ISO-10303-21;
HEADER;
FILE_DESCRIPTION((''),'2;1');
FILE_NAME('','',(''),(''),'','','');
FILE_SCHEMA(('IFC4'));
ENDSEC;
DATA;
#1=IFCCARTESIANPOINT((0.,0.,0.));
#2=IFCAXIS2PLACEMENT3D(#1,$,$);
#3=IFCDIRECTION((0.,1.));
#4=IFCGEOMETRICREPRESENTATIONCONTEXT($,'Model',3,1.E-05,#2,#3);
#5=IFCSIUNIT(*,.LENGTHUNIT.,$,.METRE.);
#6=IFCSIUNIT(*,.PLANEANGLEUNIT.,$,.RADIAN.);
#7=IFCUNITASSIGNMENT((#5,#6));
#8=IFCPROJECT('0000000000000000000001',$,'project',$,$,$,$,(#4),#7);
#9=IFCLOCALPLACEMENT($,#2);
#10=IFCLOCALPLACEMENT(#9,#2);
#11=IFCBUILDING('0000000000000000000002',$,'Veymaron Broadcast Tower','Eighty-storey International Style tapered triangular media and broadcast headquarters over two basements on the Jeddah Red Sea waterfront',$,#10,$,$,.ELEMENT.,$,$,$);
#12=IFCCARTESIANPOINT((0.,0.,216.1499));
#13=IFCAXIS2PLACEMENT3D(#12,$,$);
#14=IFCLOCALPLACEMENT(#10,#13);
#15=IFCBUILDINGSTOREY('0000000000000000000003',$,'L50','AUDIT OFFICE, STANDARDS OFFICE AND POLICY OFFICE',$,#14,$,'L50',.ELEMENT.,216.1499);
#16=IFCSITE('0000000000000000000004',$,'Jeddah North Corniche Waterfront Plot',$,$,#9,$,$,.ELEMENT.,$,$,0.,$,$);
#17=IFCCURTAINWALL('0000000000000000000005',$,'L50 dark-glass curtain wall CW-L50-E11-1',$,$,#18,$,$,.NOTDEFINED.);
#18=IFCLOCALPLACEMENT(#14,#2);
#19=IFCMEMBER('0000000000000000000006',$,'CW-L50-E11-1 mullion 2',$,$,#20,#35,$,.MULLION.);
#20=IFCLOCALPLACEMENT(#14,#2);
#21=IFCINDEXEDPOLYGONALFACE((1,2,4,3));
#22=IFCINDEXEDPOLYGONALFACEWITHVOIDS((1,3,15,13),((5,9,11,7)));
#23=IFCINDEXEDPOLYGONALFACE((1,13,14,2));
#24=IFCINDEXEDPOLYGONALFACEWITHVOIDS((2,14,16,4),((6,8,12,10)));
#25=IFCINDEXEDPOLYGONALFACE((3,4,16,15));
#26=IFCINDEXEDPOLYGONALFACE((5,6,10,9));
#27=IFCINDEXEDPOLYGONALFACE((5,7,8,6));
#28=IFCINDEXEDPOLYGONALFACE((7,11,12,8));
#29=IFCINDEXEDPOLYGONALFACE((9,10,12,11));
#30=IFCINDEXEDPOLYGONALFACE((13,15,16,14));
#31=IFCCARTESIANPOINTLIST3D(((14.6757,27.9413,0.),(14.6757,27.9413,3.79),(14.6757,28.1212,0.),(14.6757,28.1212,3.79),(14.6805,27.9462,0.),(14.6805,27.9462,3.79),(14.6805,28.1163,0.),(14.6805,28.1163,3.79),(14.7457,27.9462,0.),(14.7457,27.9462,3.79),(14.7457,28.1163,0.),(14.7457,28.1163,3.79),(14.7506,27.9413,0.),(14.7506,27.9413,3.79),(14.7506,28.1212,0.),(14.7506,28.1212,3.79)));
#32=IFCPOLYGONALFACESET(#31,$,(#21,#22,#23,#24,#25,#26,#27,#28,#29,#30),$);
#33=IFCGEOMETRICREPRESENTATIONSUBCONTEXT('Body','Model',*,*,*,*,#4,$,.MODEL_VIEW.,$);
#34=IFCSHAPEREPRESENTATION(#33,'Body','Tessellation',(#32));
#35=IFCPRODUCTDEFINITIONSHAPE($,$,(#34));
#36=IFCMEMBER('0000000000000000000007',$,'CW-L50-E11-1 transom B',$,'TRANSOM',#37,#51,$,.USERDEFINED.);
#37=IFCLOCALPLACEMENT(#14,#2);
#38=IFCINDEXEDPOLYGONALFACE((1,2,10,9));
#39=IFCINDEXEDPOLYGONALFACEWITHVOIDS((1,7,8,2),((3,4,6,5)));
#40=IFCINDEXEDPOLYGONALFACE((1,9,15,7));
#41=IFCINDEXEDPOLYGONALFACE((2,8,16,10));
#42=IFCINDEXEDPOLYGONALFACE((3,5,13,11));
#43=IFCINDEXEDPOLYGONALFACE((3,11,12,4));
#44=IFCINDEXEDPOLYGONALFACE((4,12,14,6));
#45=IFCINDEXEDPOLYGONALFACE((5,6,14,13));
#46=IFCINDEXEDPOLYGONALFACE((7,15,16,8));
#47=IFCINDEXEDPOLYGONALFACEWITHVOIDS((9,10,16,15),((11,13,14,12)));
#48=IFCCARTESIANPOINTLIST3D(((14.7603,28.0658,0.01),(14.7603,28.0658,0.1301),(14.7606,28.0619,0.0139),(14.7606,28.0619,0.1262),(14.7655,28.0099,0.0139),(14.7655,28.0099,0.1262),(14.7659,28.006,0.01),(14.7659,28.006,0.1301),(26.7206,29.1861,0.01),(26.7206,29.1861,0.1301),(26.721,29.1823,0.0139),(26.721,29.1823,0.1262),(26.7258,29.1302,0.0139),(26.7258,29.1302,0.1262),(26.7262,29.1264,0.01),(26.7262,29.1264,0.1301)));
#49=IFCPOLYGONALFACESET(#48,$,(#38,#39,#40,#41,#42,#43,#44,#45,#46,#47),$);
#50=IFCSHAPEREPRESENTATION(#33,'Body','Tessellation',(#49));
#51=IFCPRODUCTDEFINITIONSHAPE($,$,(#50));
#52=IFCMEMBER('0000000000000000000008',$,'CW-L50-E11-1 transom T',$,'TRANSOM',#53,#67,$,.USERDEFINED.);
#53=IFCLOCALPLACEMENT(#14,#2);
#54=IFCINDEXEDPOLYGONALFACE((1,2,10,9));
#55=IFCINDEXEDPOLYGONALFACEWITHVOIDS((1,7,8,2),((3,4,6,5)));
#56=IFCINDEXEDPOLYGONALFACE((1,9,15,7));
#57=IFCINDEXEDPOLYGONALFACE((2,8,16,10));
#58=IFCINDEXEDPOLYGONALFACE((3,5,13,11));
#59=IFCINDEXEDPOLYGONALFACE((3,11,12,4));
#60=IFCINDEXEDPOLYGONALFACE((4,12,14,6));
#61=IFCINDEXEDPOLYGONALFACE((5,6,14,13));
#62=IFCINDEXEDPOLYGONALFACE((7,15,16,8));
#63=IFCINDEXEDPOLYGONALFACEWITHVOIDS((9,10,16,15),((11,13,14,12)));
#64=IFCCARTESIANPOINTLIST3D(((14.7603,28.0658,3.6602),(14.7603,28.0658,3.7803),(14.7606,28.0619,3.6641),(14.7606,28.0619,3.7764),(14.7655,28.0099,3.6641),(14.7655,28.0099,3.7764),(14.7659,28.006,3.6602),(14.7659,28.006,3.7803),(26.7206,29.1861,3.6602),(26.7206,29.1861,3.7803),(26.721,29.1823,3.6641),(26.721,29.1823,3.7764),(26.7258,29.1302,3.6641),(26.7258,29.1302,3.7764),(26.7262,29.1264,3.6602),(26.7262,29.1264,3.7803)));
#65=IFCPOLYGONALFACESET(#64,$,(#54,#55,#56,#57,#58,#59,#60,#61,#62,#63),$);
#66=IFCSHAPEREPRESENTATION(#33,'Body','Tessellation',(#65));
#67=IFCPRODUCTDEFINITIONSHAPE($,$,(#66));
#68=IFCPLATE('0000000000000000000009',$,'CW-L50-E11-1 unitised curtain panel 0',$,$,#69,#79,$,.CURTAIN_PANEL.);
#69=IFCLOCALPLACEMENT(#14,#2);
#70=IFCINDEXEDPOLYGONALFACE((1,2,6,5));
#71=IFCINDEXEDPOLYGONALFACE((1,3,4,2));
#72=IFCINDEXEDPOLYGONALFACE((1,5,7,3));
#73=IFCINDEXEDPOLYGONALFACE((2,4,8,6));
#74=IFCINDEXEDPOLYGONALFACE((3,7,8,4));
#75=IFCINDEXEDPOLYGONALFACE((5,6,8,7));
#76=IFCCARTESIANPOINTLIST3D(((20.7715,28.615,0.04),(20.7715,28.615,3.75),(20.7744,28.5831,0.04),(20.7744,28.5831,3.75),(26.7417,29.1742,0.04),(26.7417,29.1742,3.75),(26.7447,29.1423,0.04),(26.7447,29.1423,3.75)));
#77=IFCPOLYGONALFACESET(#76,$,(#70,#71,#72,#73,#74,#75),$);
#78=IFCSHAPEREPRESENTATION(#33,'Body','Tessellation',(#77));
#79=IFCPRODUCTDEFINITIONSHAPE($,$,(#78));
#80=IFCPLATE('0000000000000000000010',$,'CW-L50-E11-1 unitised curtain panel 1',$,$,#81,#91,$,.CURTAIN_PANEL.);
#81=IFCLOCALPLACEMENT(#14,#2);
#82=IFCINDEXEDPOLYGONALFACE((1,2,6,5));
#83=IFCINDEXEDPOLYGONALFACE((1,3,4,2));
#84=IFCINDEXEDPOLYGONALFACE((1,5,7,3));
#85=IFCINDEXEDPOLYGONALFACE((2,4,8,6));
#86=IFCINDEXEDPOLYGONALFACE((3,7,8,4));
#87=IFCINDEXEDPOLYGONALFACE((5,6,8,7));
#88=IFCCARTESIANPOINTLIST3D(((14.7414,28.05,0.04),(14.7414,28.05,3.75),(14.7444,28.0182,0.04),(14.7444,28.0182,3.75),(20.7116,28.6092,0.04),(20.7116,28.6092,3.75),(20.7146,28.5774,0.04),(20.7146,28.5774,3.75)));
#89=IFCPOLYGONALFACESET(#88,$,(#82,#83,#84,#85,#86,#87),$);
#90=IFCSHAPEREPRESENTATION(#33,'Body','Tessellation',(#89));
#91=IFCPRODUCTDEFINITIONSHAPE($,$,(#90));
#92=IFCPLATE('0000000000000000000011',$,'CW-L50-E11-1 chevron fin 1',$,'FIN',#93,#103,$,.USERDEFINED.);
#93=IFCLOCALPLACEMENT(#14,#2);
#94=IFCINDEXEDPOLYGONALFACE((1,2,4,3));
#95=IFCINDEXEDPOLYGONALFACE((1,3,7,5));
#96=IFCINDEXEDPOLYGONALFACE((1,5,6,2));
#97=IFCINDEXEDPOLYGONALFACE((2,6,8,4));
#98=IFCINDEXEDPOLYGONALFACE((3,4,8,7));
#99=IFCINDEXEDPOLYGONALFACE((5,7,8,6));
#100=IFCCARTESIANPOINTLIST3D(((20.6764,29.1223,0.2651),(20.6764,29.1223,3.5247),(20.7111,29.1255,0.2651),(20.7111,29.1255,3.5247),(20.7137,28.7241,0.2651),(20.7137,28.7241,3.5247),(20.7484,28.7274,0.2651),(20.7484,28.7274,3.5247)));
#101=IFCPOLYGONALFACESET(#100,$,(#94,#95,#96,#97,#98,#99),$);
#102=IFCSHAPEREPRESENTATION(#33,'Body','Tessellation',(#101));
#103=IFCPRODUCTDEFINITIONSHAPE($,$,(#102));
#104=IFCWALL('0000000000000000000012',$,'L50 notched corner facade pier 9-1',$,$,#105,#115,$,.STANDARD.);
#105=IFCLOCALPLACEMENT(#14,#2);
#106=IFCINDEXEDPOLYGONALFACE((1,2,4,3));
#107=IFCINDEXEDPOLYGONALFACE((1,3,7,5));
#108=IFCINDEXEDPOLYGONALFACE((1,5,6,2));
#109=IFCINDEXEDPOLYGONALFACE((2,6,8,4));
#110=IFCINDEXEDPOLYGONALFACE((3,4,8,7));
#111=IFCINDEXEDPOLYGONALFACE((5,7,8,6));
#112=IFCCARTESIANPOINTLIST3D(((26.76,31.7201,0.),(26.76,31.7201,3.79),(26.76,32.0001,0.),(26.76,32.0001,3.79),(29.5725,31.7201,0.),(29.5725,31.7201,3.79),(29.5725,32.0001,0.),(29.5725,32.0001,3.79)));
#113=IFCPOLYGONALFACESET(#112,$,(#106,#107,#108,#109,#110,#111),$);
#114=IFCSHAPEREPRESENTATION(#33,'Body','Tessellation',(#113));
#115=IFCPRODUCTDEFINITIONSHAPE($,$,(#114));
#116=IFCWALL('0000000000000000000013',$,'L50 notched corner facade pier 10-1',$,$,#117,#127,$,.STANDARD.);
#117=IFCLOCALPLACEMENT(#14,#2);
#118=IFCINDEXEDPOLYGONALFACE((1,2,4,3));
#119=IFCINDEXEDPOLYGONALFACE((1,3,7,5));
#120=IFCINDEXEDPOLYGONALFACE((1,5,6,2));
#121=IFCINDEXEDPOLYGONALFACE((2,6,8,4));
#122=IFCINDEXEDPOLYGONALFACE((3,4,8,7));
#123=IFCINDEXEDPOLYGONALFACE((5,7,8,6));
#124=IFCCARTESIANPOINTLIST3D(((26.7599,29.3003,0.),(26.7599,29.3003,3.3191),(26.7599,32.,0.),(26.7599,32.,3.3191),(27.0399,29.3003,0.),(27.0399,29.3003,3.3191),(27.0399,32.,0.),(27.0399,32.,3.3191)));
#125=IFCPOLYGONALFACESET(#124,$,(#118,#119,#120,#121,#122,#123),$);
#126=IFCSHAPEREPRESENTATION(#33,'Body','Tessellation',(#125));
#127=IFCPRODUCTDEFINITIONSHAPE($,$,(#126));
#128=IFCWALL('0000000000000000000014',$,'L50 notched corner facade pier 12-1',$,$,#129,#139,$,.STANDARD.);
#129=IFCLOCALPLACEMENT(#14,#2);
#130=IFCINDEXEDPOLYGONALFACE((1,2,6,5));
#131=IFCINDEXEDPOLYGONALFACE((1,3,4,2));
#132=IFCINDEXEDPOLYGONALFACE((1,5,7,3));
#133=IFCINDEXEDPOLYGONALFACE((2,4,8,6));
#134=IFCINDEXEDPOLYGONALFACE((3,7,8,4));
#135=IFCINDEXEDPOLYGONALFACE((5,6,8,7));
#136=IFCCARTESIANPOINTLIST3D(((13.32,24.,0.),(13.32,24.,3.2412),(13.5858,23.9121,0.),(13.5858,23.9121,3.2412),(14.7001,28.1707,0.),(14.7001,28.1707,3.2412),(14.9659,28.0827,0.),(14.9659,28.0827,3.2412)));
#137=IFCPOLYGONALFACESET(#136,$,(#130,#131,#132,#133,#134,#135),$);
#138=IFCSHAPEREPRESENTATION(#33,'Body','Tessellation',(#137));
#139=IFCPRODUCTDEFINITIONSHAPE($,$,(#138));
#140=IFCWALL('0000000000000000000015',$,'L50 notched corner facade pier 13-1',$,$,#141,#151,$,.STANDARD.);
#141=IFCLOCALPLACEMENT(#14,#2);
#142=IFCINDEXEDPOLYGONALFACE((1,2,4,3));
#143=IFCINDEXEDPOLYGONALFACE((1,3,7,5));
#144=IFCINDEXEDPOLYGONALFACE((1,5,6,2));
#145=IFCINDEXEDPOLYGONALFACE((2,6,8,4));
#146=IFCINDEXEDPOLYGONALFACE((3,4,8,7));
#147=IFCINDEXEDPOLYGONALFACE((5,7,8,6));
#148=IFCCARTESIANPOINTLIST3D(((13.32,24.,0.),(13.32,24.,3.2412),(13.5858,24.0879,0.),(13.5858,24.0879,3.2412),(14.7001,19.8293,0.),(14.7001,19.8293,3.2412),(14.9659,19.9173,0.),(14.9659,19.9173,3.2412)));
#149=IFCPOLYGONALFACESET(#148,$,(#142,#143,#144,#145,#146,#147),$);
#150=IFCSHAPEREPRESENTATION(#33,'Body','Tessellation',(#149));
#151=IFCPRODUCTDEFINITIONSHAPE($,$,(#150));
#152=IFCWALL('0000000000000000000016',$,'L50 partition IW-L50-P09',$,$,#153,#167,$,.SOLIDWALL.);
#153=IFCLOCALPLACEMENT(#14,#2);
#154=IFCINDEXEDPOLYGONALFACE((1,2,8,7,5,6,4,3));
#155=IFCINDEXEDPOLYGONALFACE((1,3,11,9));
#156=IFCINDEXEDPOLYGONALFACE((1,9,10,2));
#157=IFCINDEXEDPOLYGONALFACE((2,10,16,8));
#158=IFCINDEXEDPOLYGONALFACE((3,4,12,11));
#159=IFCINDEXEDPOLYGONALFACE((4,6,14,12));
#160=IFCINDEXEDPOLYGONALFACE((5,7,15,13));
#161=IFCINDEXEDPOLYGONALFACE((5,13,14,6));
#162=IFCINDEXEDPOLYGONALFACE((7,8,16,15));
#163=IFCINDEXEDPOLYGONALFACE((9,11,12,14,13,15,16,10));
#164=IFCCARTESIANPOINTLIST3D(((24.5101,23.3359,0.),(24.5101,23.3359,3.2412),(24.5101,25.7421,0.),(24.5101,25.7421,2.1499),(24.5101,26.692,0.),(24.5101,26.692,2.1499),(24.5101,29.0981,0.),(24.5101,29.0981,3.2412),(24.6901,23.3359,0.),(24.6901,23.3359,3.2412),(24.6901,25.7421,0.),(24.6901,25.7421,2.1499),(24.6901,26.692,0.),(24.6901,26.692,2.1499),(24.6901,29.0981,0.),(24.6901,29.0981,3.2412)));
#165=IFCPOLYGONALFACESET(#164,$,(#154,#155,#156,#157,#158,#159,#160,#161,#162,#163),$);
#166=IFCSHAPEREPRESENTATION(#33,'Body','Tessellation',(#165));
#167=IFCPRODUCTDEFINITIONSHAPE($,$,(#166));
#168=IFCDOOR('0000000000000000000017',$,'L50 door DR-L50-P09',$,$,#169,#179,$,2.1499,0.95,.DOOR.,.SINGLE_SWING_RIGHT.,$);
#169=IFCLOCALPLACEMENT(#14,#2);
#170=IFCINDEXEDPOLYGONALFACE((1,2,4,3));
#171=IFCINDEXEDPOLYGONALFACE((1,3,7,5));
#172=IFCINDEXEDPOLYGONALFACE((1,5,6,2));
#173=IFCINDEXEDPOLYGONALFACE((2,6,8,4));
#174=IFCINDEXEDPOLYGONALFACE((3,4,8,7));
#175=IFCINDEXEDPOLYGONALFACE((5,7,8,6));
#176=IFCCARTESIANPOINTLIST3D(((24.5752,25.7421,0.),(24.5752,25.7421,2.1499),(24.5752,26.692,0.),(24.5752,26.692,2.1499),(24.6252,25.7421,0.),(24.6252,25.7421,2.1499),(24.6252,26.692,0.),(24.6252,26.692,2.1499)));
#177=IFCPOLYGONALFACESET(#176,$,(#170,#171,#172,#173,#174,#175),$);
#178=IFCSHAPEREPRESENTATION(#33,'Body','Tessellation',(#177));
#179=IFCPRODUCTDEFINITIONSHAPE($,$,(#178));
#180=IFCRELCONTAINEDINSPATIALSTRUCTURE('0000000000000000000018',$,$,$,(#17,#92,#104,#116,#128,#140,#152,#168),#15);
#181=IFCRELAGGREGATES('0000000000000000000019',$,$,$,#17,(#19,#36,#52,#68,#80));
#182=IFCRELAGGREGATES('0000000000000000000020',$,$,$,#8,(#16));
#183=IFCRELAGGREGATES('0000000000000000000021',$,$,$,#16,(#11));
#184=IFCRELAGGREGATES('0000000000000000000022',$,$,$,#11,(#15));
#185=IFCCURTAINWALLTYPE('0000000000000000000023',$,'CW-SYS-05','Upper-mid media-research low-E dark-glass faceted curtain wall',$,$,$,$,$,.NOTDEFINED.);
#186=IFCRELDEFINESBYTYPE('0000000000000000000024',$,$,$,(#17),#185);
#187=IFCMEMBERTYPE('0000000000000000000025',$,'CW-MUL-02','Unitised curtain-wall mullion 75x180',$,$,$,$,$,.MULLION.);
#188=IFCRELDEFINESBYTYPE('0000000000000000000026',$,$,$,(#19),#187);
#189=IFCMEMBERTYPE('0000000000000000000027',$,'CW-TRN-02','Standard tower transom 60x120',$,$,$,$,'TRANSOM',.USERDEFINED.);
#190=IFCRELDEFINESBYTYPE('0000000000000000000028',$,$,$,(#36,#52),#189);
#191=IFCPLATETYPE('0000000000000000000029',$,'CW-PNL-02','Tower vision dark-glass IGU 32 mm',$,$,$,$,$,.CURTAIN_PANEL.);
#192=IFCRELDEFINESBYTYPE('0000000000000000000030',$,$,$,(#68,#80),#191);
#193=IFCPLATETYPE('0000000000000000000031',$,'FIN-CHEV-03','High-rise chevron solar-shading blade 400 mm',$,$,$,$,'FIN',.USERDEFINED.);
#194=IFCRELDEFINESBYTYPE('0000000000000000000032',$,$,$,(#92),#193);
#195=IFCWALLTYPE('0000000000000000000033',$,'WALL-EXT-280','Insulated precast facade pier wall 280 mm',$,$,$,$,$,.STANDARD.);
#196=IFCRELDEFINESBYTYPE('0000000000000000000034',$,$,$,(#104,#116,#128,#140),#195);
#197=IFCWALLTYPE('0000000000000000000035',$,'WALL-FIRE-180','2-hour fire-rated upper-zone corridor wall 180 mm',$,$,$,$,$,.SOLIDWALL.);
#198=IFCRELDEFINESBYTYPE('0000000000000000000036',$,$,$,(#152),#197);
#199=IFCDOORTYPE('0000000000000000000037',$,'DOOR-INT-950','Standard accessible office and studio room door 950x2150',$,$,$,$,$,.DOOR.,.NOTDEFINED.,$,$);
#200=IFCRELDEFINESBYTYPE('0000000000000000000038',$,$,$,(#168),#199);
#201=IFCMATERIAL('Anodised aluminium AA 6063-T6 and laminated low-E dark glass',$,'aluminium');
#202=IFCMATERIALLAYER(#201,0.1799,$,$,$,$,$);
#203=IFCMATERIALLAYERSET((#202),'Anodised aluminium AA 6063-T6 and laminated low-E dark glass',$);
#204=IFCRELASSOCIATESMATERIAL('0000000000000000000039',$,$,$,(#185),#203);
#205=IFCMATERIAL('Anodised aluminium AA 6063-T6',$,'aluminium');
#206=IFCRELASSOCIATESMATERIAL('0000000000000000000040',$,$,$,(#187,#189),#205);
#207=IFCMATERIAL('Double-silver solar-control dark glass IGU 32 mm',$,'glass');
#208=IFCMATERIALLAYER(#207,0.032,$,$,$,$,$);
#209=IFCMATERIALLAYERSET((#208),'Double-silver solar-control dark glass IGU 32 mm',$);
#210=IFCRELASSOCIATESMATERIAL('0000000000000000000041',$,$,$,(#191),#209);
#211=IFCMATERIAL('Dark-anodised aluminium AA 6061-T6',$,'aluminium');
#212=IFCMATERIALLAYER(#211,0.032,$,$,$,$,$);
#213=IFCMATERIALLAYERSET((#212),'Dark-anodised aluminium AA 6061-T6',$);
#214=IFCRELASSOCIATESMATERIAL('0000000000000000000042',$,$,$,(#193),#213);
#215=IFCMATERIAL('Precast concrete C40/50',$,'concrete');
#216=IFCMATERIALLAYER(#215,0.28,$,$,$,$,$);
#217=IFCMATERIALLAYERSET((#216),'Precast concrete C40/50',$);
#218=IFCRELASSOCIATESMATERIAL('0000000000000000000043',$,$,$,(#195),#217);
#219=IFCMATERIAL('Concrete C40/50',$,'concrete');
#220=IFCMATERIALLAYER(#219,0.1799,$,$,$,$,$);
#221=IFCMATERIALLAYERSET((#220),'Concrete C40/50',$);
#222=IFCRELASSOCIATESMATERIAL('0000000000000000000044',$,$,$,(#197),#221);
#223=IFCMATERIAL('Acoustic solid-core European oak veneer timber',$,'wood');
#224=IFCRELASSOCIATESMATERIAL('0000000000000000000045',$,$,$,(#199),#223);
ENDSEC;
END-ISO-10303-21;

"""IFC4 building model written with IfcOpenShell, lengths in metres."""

from ifc_helpers import new_model, si_unit, direction, frame, frame_2d, origin, origin_2d, place, context, subcontext, project, spatial, rectangle, hollow_rectangle, extrude, material, layer, layer_set, material_profile, profile_set, type_object, element, fill, aggregate, save


model = new_model("IFC4")

# Units and contexts
model_context = context("Model", 3, precision=1e-05, world=origin(), true_north=direction((0.0, 1.0)))
body_context = subcontext(model_context, "Body", "Model", "MODEL_VIEW")
ifc_project = project(units=[si_unit("LENGTHUNIT", "METRE"), si_unit("PLANEANGLEUNIT", "RADIAN")], contexts=[model_context])

# Site, building, storey
site_placement = place(None, origin())
site = spatial("IfcSite", under=ifc_project, at=site_placement, Name="Jeddah North Corniche Waterfront Plot", CompositionType="ELEMENT", RefElevation=0.0)
building_placement = place(site_placement, origin())
building = spatial("IfcBuilding", under=site, at=building_placement, Name="Veymaron Broadcast Tower", Description="Eighty-storey International Style tapered triangular media and broadcast headquarters over two basements on the Jeddah Red Sea waterfront", CompositionType="ELEMENT")
storey_placement = place(building_placement, frame((0.0, 0.0, 216.1499)))
storey = spatial("IfcBuildingStorey", under=building, at=storey_placement, Name="L50", Description="AUDIT OFFICE, STANDARDS OFFICE AND POLICY OFFICE", LongName="L50", CompositionType="ELEMENT", Elevation=216.1499)

# Shared definitions
ifc_material_1 = material(Name="Anodised aluminium AA 6063-T6 and laminated low-E dark glass", Category="aluminium")
ifc_layer_1 = layer(ifc_material_1, 0.1799)
ifc_layer_set_1 = layer_set([ifc_layer_1], Name="Anodised aluminium AA 6063-T6 and laminated low-E dark glass")
curtain_wall_type = type_object("IfcCurtainWallType", Name="CW-SYS-05", Description="Upper-mid media-research low-E dark-glass faceted curtain wall", PredefinedType="NOTDEFINED", material=ifc_layer_set_1)
ifc_material_2 = material(Name="Anodised aluminium AA 6063-T6", Category="aluminium")
ifc_material_profile_1 = material_profile(ifc_material_2, hollow_rectangle(XDim=0.075, YDim=0.1799, WallThickness=0.0049, at=origin_2d()), Name="AL180X75X5")
ifc_profile_set_1 = profile_set([ifc_material_profile_1], Name="Anodised aluminium AA 6063-T6")
member_type_1 = type_object("IfcMemberType", Name="CW-MUL-02", Description="Unitised curtain-wall mullion 75x180", PredefinedType="MULLION", material=ifc_profile_set_1)

# Curtain wall, members, plates
curtain_wall_1_placement = place(storey_placement, origin())
curtain_wall_1 = element("IfcCurtainWall", 1, at=curtain_wall_1_placement, inside=storey, type_object=curtain_wall_type, Name="L50 dark-glass curtain wall CW-L50-E11-1", PredefinedType="NOTDEFINED")
member_1_placement = place(storey_placement, frame((14.7131, 28.0312, 0.0), z_axis=(0.0, 0.0, 1.0), x_axis=(1.0, 0.0, 0.0)))
member_1 = element("IfcMember", 2, at=member_1_placement, type_object=member_type_1, Name="CW-L50-E11-1 mullion 2", PredefinedType="MULLION", context=body_context, shape_type="SweptSolid", body=[
    extrude(hollow_rectangle(XDim=0.075, YDim=0.1799, WallThickness=0.0049, at=origin_2d()), origin(), (0.0, 0.0, 1.0), 3.79),
])
ifc_material_profile_2 = material_profile(ifc_material_2, hollow_rectangle(XDim=0.0601, YDim=0.1201, WallThickness=0.0039, at=origin_2d()), Name="AL120X60X4")
ifc_profile_set_2 = profile_set([ifc_material_profile_2], Name="Anodised aluminium AA 6063-T6")
member_type_2 = type_object("IfcMemberType", Name="CW-TRN-02", Description="Standard tower transom 60x120", ElementType="TRANSOM", PredefinedType="USERDEFINED", material=ifc_profile_set_2)
member_2_placement = place(storey_placement, frame((26.7234, 29.1562, 0.0701), z_axis=(-0.995641, -0.093264, 0.0), x_axis=(0.093264, -0.995641, 0.0)))
member_2 = element("IfcMember", 3, at=member_2_placement, type_object=member_type_2, Name="CW-L50-E11-1 transom B", ObjectType="TRANSOM", PredefinedType="USERDEFINED", context=body_context, shape_type="SweptSolid", body=[
    extrude(hollow_rectangle(XDim=0.0601, YDim=0.1201, WallThickness=0.0039, at=origin_2d()), origin(), (0.0, 0.0, 1.0), 12.0127),
])
member_3_placement = place(storey_placement, frame((26.7234, 29.1562, 3.7202), z_axis=(-0.995641, -0.093264, 0.0), x_axis=(0.093264, -0.995641, 0.0)))
member_3 = element("IfcMember", 4, at=member_3_placement, type_object=member_type_2, Name="CW-L50-E11-1 transom T", ObjectType="TRANSOM", PredefinedType="USERDEFINED", context=body_context, shape_type="SweptSolid", body=[
    extrude(hollow_rectangle(XDim=0.0601, YDim=0.1201, WallThickness=0.0039, at=origin_2d()), origin(), (0.0, 0.0, 1.0), 12.0127),
])
ifc_material_3 = material(Name="Double-silver solar-control dark glass IGU 32 mm", Category="glass")
ifc_layer_2 = layer(ifc_material_3, 0.032)
ifc_layer_set_2 = layer_set([ifc_layer_2], Name="Double-silver solar-control dark glass IGU 32 mm")
plate_type_1 = type_object("IfcPlateType", Name="CW-PNL-02", Description="Tower vision dark-glass IGU 32 mm", PredefinedType="CURTAIN_PANEL", material=ifc_layer_set_2)
plate_1_placement = place(storey_placement, frame((23.7581, 28.8787, 0.04), z_axis=(0.0, 0.0, 1.0), x_axis=(-0.995642, -0.093257, 0.0)))
plate_1 = element("IfcPlate", 5, at=plate_1_placement, type_object=plate_type_1, Name="CW-L50-E11-1 unitised curtain panel 0", PredefinedType="CURTAIN_PANEL", context=body_context, shape_type="SweptSolid", body=[
    extrude(rectangle(XDim=5.9963, YDim=0.032, at=origin_2d()), origin(), (0.0, 0.0, 1.0), 3.71),
])
plate_2_placement = place(storey_placement, frame((17.728, 28.3137, 0.04), z_axis=(0.0, 0.0, 1.0), x_axis=(-0.995642, -0.093257, 0.0)))
plate_2 = element("IfcPlate", 6, at=plate_2_placement, type_object=plate_type_1, Name="CW-L50-E11-1 unitised curtain panel 1", PredefinedType="CURTAIN_PANEL", context=body_context, shape_type="SweptSolid", body=[
    extrude(rectangle(XDim=5.9963, YDim=0.032, at=origin_2d()), origin(), (0.0, 0.0, 1.0), 3.71),
])
aggregate(curtain_wall_1, [member_1, member_2, member_3, plate_1, plate_2])

# Plate
ifc_material_4 = material(Name="Dark-anodised aluminium AA 6061-T6", Category="aluminium")
ifc_layer_3 = layer(ifc_material_4, 0.032)
ifc_layer_set_3 = layer_set([ifc_layer_3], Name="Dark-anodised aluminium AA 6061-T6")
plate_type_2 = type_object("IfcPlateType", Name="FIN-CHEV-03", Description="High-rise chevron solar-shading blade 400 mm", ElementType="FIN", PredefinedType="USERDEFINED", material=ifc_layer_set_3)
plate_3_placement = place(storey_placement, frame((20.7124, 28.9248, 0.2651), z_axis=(0.0, 0.0, 1.0), x_axis=(-0.093257, 0.995642, 0.0)))
element("IfcPlate", 7, at=plate_3_placement, inside=storey, type_object=plate_type_2, Name="CW-L50-E11-1 chevron fin 1", ObjectType="FIN", PredefinedType="USERDEFINED", context=body_context, shape_type="SweptSolid", body=[
    extrude(rectangle(XDim=0.3999, YDim=0.0349, at=origin_2d()), origin(), (0.0, 0.0, 1.0), 3.2595),
])

# Walls
ifc_material_5 = material(Name="Precast concrete C40/50", Category="concrete")
ifc_layer_4 = layer(ifc_material_5, 0.28)
ifc_layer_set_4 = layer_set([ifc_layer_4], Name="Precast concrete C40/50")
wall_type_1 = type_object("IfcWallType", Name="WALL-EXT-280", Description="Insulated precast facade pier wall 280 mm", PredefinedType="STANDARD", material=ifc_layer_set_4)
wall_1_placement = place(storey_placement, frame((29.5725, 31.8601, 0.0), z_axis=(0.0, 0.0, 1.0), x_axis=(-1.0, 0.0, 0.0)))
element("IfcWall", 8, at=wall_1_placement, inside=storey, type_object=wall_type_1, Name="L50 notched corner facade pier 9-1", PredefinedType="STANDARD", context=body_context, shape_type="SweptSolid", body=[
    extrude(rectangle(XDim=2.8125, YDim=0.28, at=frame_2d((1.4062, 0.0))), origin(), (0.0, 0.0, 1.0), 3.79),
])
wall_2_placement = place(storey_placement, frame((26.8999, 32.0, 0.0), z_axis=(0.0, 0.0, 1.0), x_axis=(0.0, -1.0, 0.0)))
element("IfcWall", 9, at=wall_2_placement, inside=storey, type_object=wall_type_1, Name="L50 notched corner facade pier 10-1", PredefinedType="STANDARD", context=body_context, shape_type="SweptSolid", body=[
    extrude(rectangle(XDim=2.6997, YDim=0.28, at=frame_2d((1.3499, 0.0))), origin(), (0.0, 0.0, 1.0), 3.3191),
])
for number, where, z_axis, x_axis, name in (
    (10, (14.833, 28.1267, 0.0), (0.0, 0.0, 1.0), (-0.31416, -0.94937, 0.0), "L50 notched corner facade pier 12-1"),
    (11, (13.4529, 24.0439, 0.0), (0.0, 0.0, 1.0), (0.31416, -0.94937, 0.0), "L50 notched corner facade pier 13-1"),
):
    element("IfcWall", number, at=place(storey_placement, frame(where, z_axis=z_axis, x_axis=x_axis)), inside=storey, type_object=wall_type_1, Name=name, PredefinedType="STANDARD", context=body_context, shape_type="SweptSolid", body=[
        extrude(rectangle(XDim=4.3931, YDim=0.28, at=frame_2d((2.1965, 0.0))), origin(), (0.0, 0.0, 1.0), 3.2412),
    ])

# Wall, opening, door
ifc_material_6 = material(Name="Concrete C40/50", Category="concrete")
ifc_layer_5 = layer(ifc_material_6, 0.1799)
ifc_layer_set_5 = layer_set([ifc_layer_5], Name="Concrete C40/50")
wall_type_2 = type_object("IfcWallType", Name="WALL-FIRE-180", Description="2-hour fire-rated upper-zone corridor wall 180 mm", PredefinedType="SOLIDWALL", material=ifc_layer_set_5)
wall_3_placement = place(storey_placement, frame((24.6001, 23.3359, 0.0), z_axis=(0.0, 0.0, 1.0), x_axis=(0.0, 1.0, 0.0)))
wall_3 = element("IfcWall", 12, at=wall_3_placement, inside=storey, type_object=wall_type_2, Name="L50 partition IW-L50-P09", PredefinedType="SOLIDWALL", context=body_context, shape_type="SweptSolid", body=[
    extrude(rectangle(XDim=5.7622, YDim=0.1799, at=frame_2d((2.8811, 0.0))), origin(), (0.0, 0.0, 1.0), 3.2412),
])
opening_placement = place(wall_3_placement, frame((2.406, 0.0, 0.0)))
opening = element("IfcOpeningElement", 13, at=opening_placement, cuts=wall_3, PredefinedType="OPENING", context=body_context, shape_type="SweptSolid", body=[
    extrude(rectangle(XDim=0.95, YDim=2.1499, at=frame_2d((0.4751, 1.075))), frame((0.0, 0.1001, 0.0), z_axis=(0.0, -1.0, 0.0), x_axis=(1.0, 0.0, 0.0)), (0.0, 0.0, 1.0), 0.2),
])
ifc_material_7 = material(Name="Acoustic solid-core European oak veneer timber", Category="wood")
door_type = type_object("IfcDoorType", Name="DOOR-INT-950", Description="Standard accessible office and studio room door 950x2150", OperationType="NOTDEFINED", PredefinedType="DOOR", material=ifc_material_7)
door_placement = place(opening_placement, origin())
door = element("IfcDoor", 14, at=door_placement, inside=storey, type_object=door_type, Name="L50 door DR-L50-P09", OperationType="SINGLE_SWING_RIGHT", OverallHeight=2.1499, OverallWidth=0.95, PredefinedType="DOOR", context=body_context, shape_type="SweptSolid", body=[
    extrude(rectangle(XDim=0.95, YDim=2.1499, at=frame_2d((0.4751, 1.075))), frame((0.0, 0.0249, 0.0), z_axis=(0.0, -1.0, 0.0), x_axis=(1.0, 0.0, 0.0)), (0.0, 0.0, 1.0), 0.05),
])
fill(opening, door)

save(model, "model.ifc")
